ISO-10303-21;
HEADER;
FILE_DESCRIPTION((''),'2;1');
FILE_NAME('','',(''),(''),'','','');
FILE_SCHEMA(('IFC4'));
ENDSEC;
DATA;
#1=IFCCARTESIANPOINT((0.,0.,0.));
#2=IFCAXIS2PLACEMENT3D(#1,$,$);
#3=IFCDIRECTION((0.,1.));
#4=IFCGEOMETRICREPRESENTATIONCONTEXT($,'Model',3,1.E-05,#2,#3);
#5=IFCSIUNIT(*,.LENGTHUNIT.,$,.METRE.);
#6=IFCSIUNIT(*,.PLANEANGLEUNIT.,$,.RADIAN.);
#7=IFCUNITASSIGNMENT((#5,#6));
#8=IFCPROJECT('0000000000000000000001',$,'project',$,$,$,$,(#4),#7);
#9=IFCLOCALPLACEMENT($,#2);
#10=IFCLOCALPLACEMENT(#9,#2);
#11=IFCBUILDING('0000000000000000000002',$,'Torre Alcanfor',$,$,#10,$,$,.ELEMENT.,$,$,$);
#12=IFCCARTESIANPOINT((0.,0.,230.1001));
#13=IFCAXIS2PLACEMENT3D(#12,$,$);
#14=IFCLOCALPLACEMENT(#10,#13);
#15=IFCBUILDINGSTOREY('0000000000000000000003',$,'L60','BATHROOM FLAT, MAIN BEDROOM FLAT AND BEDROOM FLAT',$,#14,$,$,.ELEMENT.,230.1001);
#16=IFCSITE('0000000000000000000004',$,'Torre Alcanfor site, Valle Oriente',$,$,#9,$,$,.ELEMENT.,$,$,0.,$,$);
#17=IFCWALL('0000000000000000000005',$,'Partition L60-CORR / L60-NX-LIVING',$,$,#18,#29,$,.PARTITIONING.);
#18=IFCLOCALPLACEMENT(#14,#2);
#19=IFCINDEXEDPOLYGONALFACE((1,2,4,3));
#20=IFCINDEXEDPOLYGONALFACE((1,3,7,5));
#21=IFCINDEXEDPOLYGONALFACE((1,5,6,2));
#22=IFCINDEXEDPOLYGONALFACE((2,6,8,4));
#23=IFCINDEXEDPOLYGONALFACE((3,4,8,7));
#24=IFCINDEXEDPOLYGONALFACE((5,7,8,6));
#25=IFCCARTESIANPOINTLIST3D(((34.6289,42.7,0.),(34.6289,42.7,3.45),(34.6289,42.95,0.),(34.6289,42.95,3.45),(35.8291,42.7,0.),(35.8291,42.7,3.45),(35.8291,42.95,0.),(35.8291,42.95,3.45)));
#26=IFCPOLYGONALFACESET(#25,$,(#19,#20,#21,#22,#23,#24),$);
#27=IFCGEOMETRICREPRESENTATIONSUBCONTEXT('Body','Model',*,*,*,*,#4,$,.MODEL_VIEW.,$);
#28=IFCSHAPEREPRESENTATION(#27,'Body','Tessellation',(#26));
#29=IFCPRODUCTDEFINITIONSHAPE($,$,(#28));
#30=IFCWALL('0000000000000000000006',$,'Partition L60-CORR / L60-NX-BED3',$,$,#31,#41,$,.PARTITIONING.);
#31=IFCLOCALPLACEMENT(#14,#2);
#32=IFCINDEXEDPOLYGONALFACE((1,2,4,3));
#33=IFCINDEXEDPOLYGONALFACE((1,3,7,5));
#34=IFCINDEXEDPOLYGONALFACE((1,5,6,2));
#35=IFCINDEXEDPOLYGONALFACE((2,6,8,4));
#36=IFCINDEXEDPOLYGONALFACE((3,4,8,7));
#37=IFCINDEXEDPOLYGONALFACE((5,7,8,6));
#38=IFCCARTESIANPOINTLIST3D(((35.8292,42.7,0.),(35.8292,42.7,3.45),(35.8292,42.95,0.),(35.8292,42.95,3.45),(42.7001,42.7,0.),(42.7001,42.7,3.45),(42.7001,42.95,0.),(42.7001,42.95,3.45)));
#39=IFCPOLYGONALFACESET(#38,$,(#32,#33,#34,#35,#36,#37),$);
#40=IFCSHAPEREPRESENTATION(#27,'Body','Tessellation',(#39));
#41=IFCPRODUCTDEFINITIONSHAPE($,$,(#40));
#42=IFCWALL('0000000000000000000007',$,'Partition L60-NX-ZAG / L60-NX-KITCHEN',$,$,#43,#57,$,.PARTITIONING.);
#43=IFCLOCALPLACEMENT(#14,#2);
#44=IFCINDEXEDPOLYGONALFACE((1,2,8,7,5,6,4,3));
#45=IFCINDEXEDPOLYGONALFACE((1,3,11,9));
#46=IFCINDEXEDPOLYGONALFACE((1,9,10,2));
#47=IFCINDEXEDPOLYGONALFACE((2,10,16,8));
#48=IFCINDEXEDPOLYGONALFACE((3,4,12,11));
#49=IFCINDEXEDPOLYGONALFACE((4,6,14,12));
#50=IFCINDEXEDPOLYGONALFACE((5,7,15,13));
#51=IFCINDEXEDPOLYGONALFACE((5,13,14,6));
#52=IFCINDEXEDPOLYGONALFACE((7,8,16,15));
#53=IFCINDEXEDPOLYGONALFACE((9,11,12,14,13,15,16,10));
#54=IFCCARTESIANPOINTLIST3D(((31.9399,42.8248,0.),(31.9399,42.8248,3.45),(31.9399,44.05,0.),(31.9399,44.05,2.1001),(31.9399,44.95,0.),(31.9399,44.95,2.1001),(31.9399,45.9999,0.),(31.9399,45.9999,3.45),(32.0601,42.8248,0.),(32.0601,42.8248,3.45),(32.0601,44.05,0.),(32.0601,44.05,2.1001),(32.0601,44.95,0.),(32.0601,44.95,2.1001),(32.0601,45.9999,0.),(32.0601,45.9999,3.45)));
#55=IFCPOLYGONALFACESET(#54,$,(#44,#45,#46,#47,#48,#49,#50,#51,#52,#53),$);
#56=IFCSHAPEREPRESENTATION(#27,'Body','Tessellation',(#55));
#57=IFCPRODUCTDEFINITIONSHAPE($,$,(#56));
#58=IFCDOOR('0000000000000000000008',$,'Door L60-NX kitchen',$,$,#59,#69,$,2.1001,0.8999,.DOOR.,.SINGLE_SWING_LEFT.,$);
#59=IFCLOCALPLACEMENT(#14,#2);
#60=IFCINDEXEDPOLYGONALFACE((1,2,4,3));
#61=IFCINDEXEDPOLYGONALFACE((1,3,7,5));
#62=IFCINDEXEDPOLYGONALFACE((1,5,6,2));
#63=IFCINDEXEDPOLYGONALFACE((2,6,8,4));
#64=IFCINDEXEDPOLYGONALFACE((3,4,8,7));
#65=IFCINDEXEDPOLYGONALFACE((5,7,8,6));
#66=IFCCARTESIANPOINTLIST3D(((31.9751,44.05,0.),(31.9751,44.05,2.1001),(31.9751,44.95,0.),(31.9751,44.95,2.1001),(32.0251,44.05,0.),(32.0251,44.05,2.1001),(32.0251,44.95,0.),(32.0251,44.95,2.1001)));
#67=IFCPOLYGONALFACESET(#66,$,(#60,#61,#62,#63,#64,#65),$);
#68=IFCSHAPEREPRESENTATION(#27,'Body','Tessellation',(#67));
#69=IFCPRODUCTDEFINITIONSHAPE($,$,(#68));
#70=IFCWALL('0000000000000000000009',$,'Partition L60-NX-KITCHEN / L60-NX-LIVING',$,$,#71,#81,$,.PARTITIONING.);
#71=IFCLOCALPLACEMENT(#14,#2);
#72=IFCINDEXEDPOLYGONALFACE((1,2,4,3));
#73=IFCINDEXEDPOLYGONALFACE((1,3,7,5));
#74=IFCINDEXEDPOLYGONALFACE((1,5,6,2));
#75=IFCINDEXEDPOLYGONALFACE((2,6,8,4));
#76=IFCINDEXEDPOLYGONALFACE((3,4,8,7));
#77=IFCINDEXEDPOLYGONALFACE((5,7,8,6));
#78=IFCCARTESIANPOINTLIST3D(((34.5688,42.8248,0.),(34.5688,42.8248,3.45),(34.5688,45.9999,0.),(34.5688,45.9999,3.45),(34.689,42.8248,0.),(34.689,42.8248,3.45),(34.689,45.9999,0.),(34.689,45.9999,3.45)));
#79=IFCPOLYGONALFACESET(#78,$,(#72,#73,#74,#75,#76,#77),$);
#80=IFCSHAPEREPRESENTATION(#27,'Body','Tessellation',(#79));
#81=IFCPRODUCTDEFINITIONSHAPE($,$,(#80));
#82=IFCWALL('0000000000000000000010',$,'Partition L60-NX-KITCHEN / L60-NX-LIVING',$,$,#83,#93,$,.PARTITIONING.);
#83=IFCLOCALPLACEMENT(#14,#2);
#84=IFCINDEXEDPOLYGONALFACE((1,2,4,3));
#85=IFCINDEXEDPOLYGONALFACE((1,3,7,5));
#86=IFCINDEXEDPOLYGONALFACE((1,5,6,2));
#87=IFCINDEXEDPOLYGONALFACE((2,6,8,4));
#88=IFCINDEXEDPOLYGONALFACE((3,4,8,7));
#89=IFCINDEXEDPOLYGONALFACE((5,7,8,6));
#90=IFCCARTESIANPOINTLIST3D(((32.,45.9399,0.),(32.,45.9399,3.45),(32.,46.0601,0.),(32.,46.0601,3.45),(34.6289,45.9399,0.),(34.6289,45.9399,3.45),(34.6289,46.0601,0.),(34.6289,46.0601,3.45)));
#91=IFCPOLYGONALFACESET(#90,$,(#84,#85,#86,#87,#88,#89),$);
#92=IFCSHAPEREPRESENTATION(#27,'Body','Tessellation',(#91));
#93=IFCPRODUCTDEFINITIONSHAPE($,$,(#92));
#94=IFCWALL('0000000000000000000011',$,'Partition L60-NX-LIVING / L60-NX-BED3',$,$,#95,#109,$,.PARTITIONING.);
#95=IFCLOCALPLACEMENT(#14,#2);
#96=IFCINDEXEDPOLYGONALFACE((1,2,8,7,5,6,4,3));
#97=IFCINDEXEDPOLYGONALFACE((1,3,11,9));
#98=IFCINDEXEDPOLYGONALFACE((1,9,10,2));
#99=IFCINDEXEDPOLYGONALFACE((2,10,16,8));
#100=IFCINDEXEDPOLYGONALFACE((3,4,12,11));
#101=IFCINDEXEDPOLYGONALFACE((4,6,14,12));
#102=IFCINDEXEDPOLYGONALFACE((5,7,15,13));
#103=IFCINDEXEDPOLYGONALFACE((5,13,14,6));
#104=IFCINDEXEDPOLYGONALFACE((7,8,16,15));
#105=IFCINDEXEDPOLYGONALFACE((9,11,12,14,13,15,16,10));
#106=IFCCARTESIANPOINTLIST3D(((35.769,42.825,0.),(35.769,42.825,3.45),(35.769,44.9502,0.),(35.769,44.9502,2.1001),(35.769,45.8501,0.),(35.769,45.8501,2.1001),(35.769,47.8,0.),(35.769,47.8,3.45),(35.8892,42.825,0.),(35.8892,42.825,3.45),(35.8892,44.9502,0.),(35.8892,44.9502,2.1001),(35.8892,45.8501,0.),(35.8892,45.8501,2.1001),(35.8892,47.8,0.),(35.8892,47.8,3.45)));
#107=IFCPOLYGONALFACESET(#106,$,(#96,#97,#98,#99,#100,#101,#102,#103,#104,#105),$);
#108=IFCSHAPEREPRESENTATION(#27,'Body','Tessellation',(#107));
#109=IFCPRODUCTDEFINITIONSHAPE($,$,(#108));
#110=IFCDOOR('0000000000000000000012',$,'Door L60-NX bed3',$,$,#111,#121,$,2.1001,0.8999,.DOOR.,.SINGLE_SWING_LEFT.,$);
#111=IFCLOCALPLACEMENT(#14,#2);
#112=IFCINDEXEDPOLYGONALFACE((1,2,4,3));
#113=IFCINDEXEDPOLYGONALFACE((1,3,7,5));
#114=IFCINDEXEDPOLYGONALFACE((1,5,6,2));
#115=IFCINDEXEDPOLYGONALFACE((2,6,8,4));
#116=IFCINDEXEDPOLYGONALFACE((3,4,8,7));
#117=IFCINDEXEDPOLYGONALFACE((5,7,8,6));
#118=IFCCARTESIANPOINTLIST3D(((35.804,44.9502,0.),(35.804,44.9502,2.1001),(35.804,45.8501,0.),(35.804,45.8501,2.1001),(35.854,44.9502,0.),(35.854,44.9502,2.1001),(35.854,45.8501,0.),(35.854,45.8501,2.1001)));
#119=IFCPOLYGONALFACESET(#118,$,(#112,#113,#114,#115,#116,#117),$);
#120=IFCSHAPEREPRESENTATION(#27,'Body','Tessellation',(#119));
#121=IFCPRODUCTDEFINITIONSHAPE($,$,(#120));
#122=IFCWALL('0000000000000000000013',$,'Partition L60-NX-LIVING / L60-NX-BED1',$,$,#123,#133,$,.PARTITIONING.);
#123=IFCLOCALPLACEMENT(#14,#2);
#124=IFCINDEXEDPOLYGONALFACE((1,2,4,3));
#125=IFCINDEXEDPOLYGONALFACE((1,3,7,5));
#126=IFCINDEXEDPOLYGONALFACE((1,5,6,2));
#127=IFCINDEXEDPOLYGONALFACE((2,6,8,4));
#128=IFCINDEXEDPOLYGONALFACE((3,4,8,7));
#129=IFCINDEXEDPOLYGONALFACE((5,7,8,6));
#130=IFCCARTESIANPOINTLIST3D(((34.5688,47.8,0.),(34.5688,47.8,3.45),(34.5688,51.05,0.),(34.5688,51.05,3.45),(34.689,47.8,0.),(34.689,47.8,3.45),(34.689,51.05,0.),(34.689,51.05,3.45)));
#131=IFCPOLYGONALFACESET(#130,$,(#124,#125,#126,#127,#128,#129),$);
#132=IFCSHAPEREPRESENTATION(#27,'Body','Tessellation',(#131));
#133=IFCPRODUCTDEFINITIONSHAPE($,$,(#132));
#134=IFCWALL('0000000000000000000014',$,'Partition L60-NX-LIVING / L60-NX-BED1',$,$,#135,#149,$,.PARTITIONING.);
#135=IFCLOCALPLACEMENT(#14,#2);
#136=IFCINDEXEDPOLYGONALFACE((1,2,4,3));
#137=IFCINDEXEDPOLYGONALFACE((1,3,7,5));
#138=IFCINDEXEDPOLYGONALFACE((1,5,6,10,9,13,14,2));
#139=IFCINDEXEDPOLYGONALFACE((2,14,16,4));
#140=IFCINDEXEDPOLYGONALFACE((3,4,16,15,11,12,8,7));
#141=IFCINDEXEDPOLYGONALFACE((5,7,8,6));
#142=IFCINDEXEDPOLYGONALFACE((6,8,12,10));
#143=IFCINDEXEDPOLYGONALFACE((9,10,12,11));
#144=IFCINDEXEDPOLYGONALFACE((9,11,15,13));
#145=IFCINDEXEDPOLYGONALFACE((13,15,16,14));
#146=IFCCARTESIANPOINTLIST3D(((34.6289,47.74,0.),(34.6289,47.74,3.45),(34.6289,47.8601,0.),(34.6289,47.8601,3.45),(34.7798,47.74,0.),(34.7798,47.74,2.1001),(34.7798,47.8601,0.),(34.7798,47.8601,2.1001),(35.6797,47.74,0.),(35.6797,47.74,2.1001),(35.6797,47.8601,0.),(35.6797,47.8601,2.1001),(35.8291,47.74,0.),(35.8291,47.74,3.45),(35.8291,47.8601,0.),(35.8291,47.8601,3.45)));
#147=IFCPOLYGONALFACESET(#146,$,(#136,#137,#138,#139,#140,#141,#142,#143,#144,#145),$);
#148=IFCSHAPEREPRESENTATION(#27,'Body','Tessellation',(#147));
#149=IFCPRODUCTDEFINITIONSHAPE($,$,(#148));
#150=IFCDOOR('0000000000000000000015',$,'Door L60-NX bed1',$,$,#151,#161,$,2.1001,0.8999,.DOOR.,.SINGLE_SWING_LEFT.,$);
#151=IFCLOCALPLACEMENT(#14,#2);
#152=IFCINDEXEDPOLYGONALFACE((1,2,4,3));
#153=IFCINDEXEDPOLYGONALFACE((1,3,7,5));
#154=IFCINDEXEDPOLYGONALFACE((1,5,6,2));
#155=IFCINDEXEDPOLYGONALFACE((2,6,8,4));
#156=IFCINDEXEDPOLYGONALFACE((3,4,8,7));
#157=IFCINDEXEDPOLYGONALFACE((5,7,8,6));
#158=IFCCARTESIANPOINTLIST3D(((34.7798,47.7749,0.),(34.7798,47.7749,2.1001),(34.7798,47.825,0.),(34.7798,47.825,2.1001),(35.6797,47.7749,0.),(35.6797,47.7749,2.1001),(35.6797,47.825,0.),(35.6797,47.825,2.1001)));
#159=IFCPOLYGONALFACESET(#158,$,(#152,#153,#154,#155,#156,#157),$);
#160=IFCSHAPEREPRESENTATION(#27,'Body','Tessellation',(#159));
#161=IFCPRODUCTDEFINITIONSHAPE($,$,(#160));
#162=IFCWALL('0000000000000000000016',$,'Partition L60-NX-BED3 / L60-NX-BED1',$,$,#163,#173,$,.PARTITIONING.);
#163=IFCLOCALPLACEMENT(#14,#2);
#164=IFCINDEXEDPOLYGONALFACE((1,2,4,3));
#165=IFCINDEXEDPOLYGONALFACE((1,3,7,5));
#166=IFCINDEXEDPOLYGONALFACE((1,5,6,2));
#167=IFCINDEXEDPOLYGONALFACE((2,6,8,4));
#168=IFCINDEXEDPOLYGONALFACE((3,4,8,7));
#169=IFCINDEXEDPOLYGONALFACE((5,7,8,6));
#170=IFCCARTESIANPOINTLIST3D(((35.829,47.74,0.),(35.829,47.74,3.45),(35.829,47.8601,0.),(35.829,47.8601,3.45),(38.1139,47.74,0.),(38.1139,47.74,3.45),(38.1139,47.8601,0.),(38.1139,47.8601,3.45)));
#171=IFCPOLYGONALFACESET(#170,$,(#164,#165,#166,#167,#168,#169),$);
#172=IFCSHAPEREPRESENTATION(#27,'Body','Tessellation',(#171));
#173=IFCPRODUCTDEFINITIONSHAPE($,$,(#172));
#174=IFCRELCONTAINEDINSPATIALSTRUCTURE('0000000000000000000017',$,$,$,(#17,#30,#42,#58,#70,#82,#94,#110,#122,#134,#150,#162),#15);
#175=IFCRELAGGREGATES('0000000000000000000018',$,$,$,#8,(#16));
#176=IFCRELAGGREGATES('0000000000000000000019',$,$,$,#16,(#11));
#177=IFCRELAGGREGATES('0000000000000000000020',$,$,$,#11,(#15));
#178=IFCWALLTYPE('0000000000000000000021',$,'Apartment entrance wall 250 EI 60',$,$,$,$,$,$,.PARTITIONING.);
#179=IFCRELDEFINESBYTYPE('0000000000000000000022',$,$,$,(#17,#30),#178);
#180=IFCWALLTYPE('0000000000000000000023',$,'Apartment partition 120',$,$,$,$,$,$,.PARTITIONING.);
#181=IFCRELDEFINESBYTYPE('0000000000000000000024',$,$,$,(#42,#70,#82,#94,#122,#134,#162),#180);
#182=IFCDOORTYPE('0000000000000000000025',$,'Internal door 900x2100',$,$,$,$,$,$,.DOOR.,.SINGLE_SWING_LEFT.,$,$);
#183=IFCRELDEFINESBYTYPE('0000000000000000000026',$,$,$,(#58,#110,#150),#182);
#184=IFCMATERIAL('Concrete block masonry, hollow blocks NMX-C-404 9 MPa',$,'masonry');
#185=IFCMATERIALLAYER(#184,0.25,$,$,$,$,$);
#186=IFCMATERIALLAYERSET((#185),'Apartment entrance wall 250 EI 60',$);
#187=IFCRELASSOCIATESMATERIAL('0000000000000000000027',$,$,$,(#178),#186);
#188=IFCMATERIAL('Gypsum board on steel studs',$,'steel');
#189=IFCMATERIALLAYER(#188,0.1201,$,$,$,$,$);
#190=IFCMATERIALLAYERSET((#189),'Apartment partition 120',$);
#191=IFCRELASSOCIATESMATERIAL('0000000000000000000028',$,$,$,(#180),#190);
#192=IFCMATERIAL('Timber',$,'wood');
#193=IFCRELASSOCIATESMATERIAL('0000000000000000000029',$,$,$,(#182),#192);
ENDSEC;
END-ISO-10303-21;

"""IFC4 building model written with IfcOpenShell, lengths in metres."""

from ifc_helpers import new_model, si_unit, direction, frame, frame_2d, origin, place, context, subcontext, project, spatial, rectangle, extrude, material, layer, layer_set, type_object, element, fill, save


model = new_model("IFC4")

# Units and contexts
model_context = context("Model", 3, precision=1e-05, world=origin(), true_north=direction((0.0, 1.0)))
body_context = subcontext(model_context, "Body", "Model", "MODEL_VIEW")
ifc_project = project(units=[si_unit("LENGTHUNIT", "METRE"), si_unit("PLANEANGLEUNIT", "RADIAN")], contexts=[model_context])

# Site, building, storey
site_placement = place(None, origin())
site = spatial("IfcSite", under=ifc_project, at=site_placement, Name="Torre Alcanfor site, Valle Oriente", CompositionType="ELEMENT", RefElevation=0.0)
building_placement = place(site_placement, origin())
building = spatial("IfcBuilding", under=site, at=building_placement, Name="Torre Alcanfor", CompositionType="ELEMENT")
storey_placement = place(building_placement, frame((0.0, 0.0, 230.1001)))
storey = spatial("IfcBuildingStorey", under=building, at=storey_placement, Name="L60", Description="BATHROOM FLAT, MAIN BEDROOM FLAT AND BEDROOM FLAT", CompositionType="ELEMENT", Elevation=230.1001)

# Walls
ifc_material_1 = material(Name="Concrete block masonry, hollow blocks NMX-C-404 9 MPa", Category="masonry")
ifc_layer_1 = layer(ifc_material_1, 0.25)
ifc_layer_set_1 = layer_set([ifc_layer_1], Name="Apartment entrance wall 250 EI 60")
wall_type_1 = type_object("IfcWallType", Name="Apartment entrance wall 250 EI 60", PredefinedType="PARTITIONING", material=ifc_layer_set_1)
wall_1_placement = place(storey_placement, frame((34.6289, 42.825, 0.0), z_axis=(0.0, 0.0, 1.0), x_axis=(1.0, 0.0, 0.0)))
element("IfcWall", 1, at=wall_1_placement, inside=storey, type_object=wall_type_1, Name="Partition L60-CORR / L60-NX-LIVING", PredefinedType="PARTITIONING", context=body_context, shape_type="SweptSolid", body=[
    extrude(rectangle(XDim=1.2002, YDim=0.25, at=frame_2d((0.6001, 0.0))), origin(), (0.0, 0.0, 1.0), 3.45),
])
wall_2_placement = place(storey_placement, frame((35.8291, 42.825, 0.0), z_axis=(0.0, 0.0, 1.0), x_axis=(1.0, 0.0, 0.0)))
element("IfcWall", 2, at=wall_2_placement, inside=storey, type_object=wall_type_1, Name="Partition L60-CORR / L60-NX-BED3", PredefinedType="PARTITIONING", context=body_context, shape_type="SweptSolid", body=[
    extrude(rectangle(XDim=6.8708, YDim=0.25, at=frame_2d((3.4355, 0.0))), origin(), (0.0, 0.0, 1.0), 3.45),
])

# Wall, opening, door
ifc_material_2 = material(Name="Gypsum board on steel studs", Category="steel")
ifc_layer_2 = layer(ifc_material_2, 0.1201)
ifc_layer_set_2 = layer_set([ifc_layer_2], Name="Apartment partition 120")
wall_type_2 = type_object("IfcWallType", Name="Apartment partition 120", PredefinedType="PARTITIONING", material=ifc_layer_set_2)
wall_3_placement = place(storey_placement, frame((32.0, 42.825, 0.0), z_axis=(0.0, 0.0, 1.0), x_axis=(0.0, 1.0, 0.0)))
wall_3 = element("IfcWall", 3, at=wall_3_placement, inside=storey, type_object=wall_type_2, Name="Partition L60-NX-ZAG / L60-NX-KITCHEN", PredefinedType="PARTITIONING", context=body_context, shape_type="SweptSolid", body=[
    extrude(rectangle(XDim=3.175, YDim=0.1201, at=frame_2d((1.5874, 0.0))), origin(), (0.0, 0.0, 1.0), 3.45),
])
opening_1_placement = place(wall_3_placement, frame((1.2251, 0.0, 0.0)))
opening_1 = element("IfcOpeningElement", 4, at=opening_1_placement, cuts=wall_3, PredefinedType="OPENING", context=body_context, shape_type="SweptSolid", body=[
    extrude(rectangle(XDim=0.8999, YDim=2.1001, at=frame_2d((0.45, 1.05))), frame((0.0, 0.0701, 0.0), z_axis=(0.0, -1.0, 0.0), x_axis=(1.0, 0.0, 0.0)), (0.0, 0.0, 1.0), 0.1401),
])
ifc_material_3 = material(Name="Timber", Category="wood")
door_type_1 = type_object("IfcDoorType", Name="Internal door 900x2100", OperationType="SINGLE_SWING_LEFT", PredefinedType="DOOR", material=ifc_material_3)
door_1_placement = place(opening_1_placement, frame((0.8999, 0.0, 0.0), z_axis=(0.0, 0.0, 1.0), x_axis=(-1.0, 0.0, 0.0)))
door_1 = element("IfcDoor", 5, at=door_1_placement, inside=storey, type_object=door_type_1, Name="Door L60-NX kitchen", OperationType="SINGLE_SWING_LEFT", OverallHeight=2.1001, OverallWidth=0.8999, PredefinedType="DOOR", context=body_context, shape_type="SweptSolid", body=[
    extrude(rectangle(XDim=0.8999, YDim=2.1001, at=frame_2d((0.45, 1.05))), frame((0.0, 0.0251, 0.0), z_axis=(0.0, -1.0, 0.0), x_axis=(1.0, 0.0, 0.0)), (0.0, 0.0, 1.0), 0.05),
])
fill(opening_1, door_1)

# Walls
wall_4_placement = place(storey_placement, frame((34.6289, 42.825, 0.0), z_axis=(0.0, 0.0, 1.0), x_axis=(0.0, 1.0, 0.0)))
element("IfcWall", 6, at=wall_4_placement, inside=storey, type_object=wall_type_2, Name="Partition L60-NX-KITCHEN / L60-NX-LIVING", PredefinedType="PARTITIONING", context=body_context, shape_type="SweptSolid", body=[
    extrude(rectangle(XDim=3.175, YDim=0.1201, at=frame_2d((1.5874, 0.0))), origin(), (0.0, 0.0, 1.0), 3.45),
])
wall_5_placement = place(storey_placement, frame((34.6289, 46.0, 0.0), z_axis=(0.0, 0.0, 1.0), x_axis=(-1.0, 0.0, 0.0)))
element("IfcWall", 7, at=wall_5_placement, inside=storey, type_object=wall_type_2, Name="Partition L60-NX-KITCHEN / L60-NX-LIVING", PredefinedType="PARTITIONING", context=body_context, shape_type="SweptSolid", body=[
    extrude(rectangle(XDim=2.6289, YDim=0.1201, at=frame_2d((1.3145, 0.0))), origin(), (0.0, 0.0, 1.0), 3.45),
])

# Wall, opening, door
wall_6_placement = place(storey_placement, frame((35.8291, 47.8, 0.0), z_axis=(0.0, 0.0, 1.0), x_axis=(0.0, -1.0, 0.0)))
wall_6 = element("IfcWall", 8, at=wall_6_placement, inside=storey, type_object=wall_type_2, Name="Partition L60-NX-LIVING / L60-NX-BED3", PredefinedType="PARTITIONING", context=body_context, shape_type="SweptSolid", body=[
    extrude(rectangle(XDim=4.9751, YDim=0.1201, at=frame_2d((2.4875, 0.0))), origin(), (0.0, 0.0, 1.0), 3.45),
])
opening_2_placement = place(wall_6_placement, frame((1.95, 0.0, 0.0)))
opening_2 = element("IfcOpeningElement", 9, at=opening_2_placement, cuts=wall_6, PredefinedType="OPENING", context=body_context, shape_type="SweptSolid", body=[
    extrude(rectangle(XDim=0.8999, YDim=2.1001, at=frame_2d((0.45, 1.05))), frame((0.0, 0.0701, 0.0), z_axis=(0.0, -1.0, 0.0), x_axis=(1.0, 0.0, 0.0)), (0.0, 0.0, 1.0), 0.1401),
])
door_2_placement = place(opening_2_placement, origin())
door_2 = element("IfcDoor", 10, at=door_2_placement, inside=storey, type_object=door_type_1, Name="Door L60-NX bed3", OperationType="SINGLE_SWING_LEFT", OverallHeight=2.1001, OverallWidth=0.8999, PredefinedType="DOOR", context=body_context, shape_type="SweptSolid", body=[
    extrude(rectangle(XDim=0.8999, YDim=2.1001, at=frame_2d((0.45, 1.05))), frame((0.0, 0.0249, 0.0), z_axis=(0.0, -1.0, 0.0), x_axis=(1.0, 0.0, 0.0)), (0.0, 0.0, 1.0), 0.05),
])
fill(opening_2, door_2)

# Wall
wall_7_placement = place(storey_placement, frame((34.6289, 51.05, 0.0), z_axis=(0.0, 0.0, 1.0), x_axis=(0.0, -1.0, 0.0)))
element("IfcWall", 11, at=wall_7_placement, inside=storey, type_object=wall_type_2, Name="Partition L60-NX-LIVING / L60-NX-BED1", PredefinedType="PARTITIONING", context=body_context, shape_type="SweptSolid", body=[
    extrude(rectangle(XDim=3.25, YDim=0.1201, at=frame_2d((1.625, 0.0))), origin(), (0.0, 0.0, 1.0), 3.45),
])

# Wall, opening, door
wall_8_placement = place(storey_placement, frame((34.6289, 47.8, 0.0), z_axis=(0.0, 0.0, 1.0), x_axis=(1.0, 0.0, 0.0)))
wall_8 = element("IfcWall", 12, at=wall_8_placement, inside=storey, type_object=wall_type_2, Name="Partition L60-NX-LIVING / L60-NX-BED1", PredefinedType="PARTITIONING", context=body_context, shape_type="SweptSolid", body=[
    extrude(rectangle(XDim=1.2002, YDim=0.1201, at=frame_2d((0.6001, 0.0))), origin(), (0.0, 0.0, 1.0), 3.45),
])
opening_3_placement = place(wall_8_placement, frame((0.1509, 0.0, 0.0)))
opening_3 = element("IfcOpeningElement", 13, at=opening_3_placement, cuts=wall_8, PredefinedType="OPENING", context=body_context, shape_type="SweptSolid", body=[
    extrude(rectangle(XDim=0.8999, YDim=2.1001, at=frame_2d((0.45, 1.05))), frame((0.0, 0.0701, 0.0), z_axis=(0.0, -1.0, 0.0), x_axis=(1.0, 0.0, 0.0)), (0.0, 0.0, 1.0), 0.1401),
])
door_3_placement = place(opening_3_placement, origin())
door_3 = element("IfcDoor", 14, at=door_3_placement, inside=storey, type_object=door_type_1, Name="Door L60-NX bed1", OperationType="SINGLE_SWING_LEFT", OverallHeight=2.1001, OverallWidth=0.8999, PredefinedType="DOOR", context=body_context, shape_type="SweptSolid", body=[
    extrude(rectangle(XDim=0.8999, YDim=2.1001, at=frame_2d((0.45, 1.05))), frame((0.0, 0.0249, 0.0), z_axis=(0.0, -1.0, 0.0), x_axis=(1.0, 0.0, 0.0)), (0.0, 0.0, 1.0), 0.05),
])
fill(opening_3, door_3)

# Wall
wall_9_placement = place(storey_placement, frame((38.114, 47.8, 0.0), z_axis=(0.0, 0.0, 1.0), x_axis=(-1.0, 0.0, 0.0)))
element("IfcWall", 15, at=wall_9_placement, inside=storey, type_object=wall_type_2, Name="Partition L60-NX-BED3 / L60-NX-BED1", PredefinedType="PARTITIONING", context=body_context, shape_type="SweptSolid", body=[
    extrude(rectangle(XDim=2.2849, YDim=0.1201, at=frame_2d((1.1426, 0.0))), origin(), (0.0, 0.0, 1.0), 3.45),
])

save(model, "model.ifc")
